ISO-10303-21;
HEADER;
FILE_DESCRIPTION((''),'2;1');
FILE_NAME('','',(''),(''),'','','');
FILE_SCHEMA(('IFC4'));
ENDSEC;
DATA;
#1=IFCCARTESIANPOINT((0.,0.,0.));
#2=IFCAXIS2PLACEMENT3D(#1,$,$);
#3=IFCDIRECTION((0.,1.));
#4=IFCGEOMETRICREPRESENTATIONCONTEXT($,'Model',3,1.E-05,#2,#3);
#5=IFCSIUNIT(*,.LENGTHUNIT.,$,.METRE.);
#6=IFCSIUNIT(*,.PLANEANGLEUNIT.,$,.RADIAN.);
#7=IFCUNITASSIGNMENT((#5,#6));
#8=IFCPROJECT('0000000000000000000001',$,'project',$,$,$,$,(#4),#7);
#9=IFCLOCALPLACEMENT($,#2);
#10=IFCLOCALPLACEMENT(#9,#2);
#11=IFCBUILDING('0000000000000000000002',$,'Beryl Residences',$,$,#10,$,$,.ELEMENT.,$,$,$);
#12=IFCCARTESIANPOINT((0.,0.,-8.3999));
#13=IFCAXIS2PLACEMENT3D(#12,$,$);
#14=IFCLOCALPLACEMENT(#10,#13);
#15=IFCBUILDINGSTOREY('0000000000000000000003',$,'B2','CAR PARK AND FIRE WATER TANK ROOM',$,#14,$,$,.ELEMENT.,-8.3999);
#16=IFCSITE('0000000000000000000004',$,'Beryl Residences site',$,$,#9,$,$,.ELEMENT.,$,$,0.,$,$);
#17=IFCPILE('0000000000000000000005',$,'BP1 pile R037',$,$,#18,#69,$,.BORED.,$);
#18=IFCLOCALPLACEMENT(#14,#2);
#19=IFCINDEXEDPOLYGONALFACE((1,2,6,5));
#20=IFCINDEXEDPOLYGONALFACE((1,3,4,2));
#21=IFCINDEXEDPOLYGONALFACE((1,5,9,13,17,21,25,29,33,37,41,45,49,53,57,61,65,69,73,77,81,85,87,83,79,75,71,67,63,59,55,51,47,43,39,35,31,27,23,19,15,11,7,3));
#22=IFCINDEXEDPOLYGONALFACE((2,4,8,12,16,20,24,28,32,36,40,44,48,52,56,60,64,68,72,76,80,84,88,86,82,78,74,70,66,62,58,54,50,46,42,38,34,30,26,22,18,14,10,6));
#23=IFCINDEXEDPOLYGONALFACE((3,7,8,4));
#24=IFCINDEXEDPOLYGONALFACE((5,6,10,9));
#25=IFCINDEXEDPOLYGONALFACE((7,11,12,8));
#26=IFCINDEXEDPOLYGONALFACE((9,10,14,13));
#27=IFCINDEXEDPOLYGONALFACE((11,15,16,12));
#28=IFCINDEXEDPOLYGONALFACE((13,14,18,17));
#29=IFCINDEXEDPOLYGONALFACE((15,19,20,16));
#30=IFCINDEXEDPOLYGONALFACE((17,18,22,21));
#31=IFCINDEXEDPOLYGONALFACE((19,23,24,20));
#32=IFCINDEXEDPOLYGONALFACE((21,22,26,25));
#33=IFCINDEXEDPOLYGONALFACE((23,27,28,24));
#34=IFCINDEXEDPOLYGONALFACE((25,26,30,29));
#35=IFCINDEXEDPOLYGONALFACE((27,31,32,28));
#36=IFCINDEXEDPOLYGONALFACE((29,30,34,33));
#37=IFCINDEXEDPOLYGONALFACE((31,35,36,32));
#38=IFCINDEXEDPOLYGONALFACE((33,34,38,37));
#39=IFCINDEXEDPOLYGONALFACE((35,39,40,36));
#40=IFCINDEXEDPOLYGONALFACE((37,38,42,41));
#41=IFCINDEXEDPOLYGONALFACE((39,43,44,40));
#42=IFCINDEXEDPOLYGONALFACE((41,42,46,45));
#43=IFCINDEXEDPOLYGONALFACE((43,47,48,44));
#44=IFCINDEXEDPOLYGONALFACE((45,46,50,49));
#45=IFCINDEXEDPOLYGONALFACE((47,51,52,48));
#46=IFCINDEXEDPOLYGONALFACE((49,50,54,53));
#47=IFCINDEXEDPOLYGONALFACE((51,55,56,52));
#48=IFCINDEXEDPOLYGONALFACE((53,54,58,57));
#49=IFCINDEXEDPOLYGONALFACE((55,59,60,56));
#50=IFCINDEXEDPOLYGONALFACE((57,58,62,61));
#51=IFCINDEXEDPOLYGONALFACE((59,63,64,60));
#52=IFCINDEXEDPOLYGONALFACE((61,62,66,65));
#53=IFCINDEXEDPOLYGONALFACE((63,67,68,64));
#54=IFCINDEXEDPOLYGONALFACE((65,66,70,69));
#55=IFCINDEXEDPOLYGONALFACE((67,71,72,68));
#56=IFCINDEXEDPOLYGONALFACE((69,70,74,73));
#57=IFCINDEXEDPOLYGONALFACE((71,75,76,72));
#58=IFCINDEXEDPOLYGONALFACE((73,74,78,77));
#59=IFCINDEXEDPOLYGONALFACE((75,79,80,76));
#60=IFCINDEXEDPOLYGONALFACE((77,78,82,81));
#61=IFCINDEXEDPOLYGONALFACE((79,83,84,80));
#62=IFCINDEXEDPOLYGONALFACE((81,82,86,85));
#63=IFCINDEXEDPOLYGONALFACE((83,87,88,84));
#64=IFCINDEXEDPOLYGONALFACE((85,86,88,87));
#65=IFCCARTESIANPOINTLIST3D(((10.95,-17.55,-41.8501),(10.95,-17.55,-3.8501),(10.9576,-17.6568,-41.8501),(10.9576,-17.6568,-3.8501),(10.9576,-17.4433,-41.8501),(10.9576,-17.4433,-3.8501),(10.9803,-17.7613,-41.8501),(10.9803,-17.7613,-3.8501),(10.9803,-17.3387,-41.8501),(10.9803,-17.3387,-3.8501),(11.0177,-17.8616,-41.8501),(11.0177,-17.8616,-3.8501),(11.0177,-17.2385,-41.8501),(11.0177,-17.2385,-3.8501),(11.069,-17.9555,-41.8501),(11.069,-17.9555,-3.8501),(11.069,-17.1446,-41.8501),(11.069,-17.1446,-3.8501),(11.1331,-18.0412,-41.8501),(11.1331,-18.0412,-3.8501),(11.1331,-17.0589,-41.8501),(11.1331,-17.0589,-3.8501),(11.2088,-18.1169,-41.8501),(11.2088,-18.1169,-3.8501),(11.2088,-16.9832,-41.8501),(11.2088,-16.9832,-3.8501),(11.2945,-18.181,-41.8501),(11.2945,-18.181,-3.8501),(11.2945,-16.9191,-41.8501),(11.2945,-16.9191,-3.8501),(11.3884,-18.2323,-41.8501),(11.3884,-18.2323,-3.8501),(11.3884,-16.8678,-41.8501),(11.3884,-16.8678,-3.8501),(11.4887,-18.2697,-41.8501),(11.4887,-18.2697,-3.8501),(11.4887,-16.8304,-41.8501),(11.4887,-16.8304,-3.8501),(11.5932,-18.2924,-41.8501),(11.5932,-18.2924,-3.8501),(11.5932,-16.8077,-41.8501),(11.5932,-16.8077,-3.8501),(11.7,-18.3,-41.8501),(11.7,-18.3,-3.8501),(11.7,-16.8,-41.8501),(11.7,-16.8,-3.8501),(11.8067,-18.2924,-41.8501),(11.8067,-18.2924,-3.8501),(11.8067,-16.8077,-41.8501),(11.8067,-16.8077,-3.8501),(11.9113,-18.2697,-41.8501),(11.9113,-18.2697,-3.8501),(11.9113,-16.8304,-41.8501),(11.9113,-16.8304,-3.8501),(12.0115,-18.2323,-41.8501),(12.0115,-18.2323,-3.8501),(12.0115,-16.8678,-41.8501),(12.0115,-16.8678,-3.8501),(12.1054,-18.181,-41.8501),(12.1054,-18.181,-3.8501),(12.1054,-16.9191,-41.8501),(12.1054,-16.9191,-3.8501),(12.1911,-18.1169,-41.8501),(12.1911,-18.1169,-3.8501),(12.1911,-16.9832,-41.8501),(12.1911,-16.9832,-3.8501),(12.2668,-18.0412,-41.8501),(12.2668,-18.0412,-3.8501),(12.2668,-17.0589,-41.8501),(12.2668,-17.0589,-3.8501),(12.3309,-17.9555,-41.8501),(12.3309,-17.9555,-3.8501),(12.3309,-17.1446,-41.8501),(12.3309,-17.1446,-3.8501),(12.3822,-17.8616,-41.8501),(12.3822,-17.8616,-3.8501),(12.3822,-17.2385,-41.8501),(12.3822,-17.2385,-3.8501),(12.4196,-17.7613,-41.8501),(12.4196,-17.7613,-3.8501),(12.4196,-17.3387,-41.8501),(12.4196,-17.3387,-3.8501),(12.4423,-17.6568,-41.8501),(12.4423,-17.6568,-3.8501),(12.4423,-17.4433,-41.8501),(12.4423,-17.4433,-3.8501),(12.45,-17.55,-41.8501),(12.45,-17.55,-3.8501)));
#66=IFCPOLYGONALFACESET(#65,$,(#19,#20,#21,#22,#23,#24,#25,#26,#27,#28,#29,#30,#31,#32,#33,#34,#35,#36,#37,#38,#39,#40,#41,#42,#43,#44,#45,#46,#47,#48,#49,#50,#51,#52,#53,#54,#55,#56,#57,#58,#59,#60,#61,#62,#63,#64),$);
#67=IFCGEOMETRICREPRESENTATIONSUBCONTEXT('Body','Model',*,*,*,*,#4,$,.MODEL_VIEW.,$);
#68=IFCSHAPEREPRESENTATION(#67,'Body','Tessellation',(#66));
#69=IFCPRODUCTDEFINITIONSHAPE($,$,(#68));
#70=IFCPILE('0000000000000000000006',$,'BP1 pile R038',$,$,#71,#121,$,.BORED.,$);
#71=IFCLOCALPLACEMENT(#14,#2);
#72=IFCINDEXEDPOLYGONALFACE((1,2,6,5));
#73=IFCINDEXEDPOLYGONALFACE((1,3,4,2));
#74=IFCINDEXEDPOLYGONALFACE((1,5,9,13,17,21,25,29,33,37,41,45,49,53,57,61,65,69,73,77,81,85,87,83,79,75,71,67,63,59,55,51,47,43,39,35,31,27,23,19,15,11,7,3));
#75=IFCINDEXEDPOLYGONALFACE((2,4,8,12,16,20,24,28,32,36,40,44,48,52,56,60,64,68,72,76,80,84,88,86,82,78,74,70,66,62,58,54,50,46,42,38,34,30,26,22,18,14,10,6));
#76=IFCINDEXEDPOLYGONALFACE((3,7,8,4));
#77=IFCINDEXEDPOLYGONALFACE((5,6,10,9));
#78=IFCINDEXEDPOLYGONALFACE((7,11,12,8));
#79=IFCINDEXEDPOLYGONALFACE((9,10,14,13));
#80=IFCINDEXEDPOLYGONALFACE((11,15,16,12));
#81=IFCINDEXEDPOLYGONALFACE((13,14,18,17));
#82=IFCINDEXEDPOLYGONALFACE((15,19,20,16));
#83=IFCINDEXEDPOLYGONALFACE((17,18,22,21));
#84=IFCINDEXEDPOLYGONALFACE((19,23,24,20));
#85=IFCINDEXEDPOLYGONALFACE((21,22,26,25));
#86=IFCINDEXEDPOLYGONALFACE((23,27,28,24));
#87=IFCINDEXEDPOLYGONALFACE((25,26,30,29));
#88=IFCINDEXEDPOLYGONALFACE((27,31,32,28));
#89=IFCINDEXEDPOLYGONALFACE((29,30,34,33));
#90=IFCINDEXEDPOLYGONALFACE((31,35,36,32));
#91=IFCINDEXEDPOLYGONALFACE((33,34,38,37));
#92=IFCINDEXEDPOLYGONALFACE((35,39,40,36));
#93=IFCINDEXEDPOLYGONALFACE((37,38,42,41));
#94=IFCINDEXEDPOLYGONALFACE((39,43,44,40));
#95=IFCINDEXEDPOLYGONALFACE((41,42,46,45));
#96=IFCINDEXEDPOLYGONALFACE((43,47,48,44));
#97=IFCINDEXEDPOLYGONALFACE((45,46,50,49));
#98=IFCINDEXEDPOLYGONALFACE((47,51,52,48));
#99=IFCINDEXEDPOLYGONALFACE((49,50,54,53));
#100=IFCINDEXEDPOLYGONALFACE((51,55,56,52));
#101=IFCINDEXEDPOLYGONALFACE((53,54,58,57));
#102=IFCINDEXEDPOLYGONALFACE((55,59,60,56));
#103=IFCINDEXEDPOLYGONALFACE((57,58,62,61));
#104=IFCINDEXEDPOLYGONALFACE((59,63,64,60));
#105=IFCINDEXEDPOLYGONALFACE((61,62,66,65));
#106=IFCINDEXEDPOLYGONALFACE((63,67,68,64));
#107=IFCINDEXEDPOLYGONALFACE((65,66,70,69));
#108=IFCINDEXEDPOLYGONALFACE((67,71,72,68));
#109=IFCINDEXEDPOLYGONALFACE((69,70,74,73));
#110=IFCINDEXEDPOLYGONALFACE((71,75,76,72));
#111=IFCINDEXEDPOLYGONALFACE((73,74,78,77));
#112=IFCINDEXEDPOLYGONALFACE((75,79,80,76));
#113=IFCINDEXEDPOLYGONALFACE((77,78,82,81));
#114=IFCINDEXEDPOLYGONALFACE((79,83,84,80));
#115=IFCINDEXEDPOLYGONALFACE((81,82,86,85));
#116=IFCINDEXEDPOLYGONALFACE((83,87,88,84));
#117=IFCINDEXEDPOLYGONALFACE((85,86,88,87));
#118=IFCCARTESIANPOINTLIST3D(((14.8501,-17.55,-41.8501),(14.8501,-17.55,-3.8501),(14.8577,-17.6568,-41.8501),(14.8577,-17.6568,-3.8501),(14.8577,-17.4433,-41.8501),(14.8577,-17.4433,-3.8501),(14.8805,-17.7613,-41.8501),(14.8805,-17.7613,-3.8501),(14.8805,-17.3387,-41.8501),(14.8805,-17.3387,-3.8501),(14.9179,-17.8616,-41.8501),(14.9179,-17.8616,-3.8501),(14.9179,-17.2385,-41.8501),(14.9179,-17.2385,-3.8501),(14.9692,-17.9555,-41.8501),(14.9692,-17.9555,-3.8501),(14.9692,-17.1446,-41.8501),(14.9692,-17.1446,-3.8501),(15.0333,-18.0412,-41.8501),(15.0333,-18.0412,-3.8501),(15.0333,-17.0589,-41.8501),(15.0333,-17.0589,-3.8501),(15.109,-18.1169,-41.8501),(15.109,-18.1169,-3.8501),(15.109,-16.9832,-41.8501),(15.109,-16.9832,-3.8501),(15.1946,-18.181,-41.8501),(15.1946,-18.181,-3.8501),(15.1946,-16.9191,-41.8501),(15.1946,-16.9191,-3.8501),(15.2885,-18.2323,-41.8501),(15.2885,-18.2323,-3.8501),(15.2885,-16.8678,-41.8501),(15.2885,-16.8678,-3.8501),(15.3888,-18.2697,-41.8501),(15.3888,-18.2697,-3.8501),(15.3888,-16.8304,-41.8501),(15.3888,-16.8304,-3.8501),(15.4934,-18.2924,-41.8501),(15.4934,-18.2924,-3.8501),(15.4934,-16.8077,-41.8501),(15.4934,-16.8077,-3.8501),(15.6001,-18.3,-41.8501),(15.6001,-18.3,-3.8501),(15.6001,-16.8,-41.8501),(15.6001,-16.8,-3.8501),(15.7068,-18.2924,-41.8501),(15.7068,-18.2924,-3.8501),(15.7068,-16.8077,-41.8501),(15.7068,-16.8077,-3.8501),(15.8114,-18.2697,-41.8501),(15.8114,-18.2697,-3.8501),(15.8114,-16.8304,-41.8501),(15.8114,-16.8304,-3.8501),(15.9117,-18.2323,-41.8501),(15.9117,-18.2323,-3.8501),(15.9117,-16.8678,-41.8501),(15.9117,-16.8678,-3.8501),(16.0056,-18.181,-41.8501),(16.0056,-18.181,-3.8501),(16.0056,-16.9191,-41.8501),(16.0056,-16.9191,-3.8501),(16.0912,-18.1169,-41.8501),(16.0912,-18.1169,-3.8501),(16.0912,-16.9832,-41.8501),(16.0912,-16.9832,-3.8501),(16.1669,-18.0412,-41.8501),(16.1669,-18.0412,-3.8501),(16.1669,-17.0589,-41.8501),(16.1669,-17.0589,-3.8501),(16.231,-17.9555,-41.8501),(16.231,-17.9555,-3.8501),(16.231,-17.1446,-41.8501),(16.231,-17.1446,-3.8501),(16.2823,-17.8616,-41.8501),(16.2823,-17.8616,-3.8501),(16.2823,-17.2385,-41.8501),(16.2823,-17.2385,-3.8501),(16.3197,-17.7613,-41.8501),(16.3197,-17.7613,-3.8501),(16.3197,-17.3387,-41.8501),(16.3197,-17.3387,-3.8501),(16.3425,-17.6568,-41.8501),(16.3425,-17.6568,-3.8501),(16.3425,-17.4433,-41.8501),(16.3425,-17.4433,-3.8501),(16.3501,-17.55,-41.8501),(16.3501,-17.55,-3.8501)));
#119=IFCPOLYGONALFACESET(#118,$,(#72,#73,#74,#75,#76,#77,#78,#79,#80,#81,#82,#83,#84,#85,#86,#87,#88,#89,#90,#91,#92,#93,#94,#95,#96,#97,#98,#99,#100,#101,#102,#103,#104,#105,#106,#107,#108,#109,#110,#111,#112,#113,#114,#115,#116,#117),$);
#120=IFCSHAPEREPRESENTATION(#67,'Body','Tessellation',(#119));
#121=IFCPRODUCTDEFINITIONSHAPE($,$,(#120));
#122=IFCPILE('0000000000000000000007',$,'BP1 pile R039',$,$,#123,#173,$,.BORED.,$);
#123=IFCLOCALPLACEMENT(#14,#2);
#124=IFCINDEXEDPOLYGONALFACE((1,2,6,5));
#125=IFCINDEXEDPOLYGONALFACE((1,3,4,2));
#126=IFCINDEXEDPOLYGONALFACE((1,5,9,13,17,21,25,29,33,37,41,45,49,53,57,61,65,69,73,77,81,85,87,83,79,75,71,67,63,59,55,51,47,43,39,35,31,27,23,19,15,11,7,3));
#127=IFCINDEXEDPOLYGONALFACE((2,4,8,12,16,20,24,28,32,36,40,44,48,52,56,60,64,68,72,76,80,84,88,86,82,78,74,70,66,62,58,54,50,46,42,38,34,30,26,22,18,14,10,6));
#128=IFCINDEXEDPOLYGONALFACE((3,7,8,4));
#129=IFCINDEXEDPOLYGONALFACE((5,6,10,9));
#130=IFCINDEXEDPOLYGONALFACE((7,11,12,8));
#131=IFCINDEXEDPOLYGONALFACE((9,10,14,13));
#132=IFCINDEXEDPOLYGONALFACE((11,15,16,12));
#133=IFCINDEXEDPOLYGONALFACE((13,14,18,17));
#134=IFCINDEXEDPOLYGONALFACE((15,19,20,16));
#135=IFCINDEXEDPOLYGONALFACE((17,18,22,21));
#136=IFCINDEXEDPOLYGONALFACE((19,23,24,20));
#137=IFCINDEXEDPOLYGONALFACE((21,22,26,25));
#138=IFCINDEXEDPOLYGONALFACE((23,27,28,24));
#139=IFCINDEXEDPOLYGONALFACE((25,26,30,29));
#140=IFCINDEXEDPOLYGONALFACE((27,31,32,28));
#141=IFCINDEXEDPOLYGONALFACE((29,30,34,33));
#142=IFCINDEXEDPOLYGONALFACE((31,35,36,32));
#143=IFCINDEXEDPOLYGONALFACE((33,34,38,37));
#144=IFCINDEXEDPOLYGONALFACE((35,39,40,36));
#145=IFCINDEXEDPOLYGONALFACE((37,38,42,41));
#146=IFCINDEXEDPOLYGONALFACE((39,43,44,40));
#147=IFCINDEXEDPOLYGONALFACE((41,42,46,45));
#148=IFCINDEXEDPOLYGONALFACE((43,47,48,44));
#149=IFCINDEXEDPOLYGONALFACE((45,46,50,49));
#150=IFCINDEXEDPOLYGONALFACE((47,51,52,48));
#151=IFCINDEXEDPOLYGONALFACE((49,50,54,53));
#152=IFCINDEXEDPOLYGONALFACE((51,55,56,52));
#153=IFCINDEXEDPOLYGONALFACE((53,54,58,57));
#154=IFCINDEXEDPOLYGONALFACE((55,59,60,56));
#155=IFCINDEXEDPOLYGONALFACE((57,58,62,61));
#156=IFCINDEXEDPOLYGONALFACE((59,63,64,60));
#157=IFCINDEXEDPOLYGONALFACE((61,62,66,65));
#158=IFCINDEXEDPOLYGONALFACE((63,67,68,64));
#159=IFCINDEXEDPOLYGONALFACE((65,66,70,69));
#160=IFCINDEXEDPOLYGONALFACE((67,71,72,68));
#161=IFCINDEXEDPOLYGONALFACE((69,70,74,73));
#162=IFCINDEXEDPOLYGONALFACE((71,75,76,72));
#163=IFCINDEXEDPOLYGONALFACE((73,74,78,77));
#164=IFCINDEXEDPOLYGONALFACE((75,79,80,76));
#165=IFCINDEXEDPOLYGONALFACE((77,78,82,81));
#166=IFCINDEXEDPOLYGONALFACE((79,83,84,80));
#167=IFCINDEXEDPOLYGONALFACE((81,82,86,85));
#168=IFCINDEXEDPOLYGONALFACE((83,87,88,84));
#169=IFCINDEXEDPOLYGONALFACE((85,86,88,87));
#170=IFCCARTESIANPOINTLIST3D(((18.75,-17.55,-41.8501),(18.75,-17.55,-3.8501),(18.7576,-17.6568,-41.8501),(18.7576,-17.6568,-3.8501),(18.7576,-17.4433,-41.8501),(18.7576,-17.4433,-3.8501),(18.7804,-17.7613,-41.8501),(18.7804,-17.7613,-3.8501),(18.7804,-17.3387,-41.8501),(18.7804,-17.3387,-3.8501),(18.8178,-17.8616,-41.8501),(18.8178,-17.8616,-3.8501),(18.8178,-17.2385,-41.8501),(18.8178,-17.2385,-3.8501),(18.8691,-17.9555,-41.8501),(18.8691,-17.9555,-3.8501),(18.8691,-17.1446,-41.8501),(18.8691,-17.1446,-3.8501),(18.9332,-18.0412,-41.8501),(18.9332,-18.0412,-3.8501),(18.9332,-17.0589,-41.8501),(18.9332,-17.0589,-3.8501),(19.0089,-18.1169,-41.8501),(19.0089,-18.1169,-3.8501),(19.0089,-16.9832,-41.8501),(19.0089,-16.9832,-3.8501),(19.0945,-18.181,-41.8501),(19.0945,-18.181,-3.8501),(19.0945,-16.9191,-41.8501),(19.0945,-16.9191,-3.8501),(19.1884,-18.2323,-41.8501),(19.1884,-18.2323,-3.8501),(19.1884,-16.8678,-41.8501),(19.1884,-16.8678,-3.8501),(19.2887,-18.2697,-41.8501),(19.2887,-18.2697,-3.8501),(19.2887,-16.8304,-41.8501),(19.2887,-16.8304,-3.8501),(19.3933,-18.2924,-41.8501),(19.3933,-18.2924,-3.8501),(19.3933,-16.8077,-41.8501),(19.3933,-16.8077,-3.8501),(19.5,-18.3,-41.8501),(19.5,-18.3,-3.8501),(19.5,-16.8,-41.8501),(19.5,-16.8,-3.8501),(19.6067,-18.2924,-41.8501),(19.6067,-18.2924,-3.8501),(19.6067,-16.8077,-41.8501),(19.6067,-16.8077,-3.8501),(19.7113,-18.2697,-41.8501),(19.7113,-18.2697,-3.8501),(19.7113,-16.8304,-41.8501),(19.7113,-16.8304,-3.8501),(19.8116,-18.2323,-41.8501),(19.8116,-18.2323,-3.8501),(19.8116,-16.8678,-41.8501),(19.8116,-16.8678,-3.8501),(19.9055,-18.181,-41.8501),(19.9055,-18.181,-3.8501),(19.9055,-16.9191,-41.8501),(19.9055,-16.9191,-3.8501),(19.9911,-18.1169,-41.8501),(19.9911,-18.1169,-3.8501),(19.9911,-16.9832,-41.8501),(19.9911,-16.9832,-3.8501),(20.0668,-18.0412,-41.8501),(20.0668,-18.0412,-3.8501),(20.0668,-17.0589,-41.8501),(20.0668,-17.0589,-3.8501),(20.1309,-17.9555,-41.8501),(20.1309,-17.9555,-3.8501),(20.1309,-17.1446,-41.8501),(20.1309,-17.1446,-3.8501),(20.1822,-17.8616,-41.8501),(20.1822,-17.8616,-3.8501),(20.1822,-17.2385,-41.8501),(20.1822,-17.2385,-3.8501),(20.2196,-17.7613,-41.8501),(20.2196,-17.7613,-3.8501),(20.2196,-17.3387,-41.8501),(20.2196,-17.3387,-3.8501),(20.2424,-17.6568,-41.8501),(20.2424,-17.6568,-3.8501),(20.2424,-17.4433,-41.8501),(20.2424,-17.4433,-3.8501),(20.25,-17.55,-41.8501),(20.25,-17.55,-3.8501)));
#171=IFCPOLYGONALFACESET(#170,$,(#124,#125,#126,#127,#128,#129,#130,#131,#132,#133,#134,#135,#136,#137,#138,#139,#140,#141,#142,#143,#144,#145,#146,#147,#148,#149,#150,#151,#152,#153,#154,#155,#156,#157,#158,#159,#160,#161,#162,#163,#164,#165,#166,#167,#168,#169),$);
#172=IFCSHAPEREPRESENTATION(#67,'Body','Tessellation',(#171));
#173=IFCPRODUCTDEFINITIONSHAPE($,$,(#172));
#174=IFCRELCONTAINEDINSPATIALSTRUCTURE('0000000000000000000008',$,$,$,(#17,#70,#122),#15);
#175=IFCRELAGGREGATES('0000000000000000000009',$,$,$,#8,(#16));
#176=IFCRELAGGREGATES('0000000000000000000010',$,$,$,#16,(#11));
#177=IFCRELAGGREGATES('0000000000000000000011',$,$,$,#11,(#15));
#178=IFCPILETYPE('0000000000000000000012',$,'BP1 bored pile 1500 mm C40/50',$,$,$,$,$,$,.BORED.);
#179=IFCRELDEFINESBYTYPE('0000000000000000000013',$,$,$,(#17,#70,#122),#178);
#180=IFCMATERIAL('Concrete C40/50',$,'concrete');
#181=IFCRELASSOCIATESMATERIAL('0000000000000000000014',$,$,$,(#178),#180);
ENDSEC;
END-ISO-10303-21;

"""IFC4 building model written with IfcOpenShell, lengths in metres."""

from ifc_helpers import new_model, si_unit, direction, frame, origin, origin_2d, place, context, subcontext, project, spatial, circle, extrude, material, material_profile, profile_set, type_object, element, save


model = new_model("IFC4")

# Units and contexts
model_context = context("Model", 3, precision=1e-05, world=origin(), true_north=direction((0.0, 1.0)))
body_context = subcontext(model_context, "Body", "Model", "MODEL_VIEW")
ifc_project = project(units=[si_unit("LENGTHUNIT", "METRE"), si_unit("PLANEANGLEUNIT", "RADIAN")], contexts=[model_context])

# Site, building, storey
site_placement = place(None, origin())
site = spatial("IfcSite", under=ifc_project, at=site_placement, Name="Beryl Residences site", CompositionType="ELEMENT", RefElevation=0.0)
building_placement = place(site_placement, origin())
building = spatial("IfcBuilding", under=site, at=building_placement, Name="Beryl Residences", CompositionType="ELEMENT")
storey_placement = place(building_placement, frame((0.0, 0.0, -8.3999)))
storey = spatial("IfcBuildingStorey", under=building, at=storey_placement, Name="B2", Description="CAR PARK AND FIRE WATER TANK ROOM", CompositionType="ELEMENT", Elevation=-8.3999)

# Piles
ifc_material_1 = material(Name="Concrete C40/50", Category="concrete")
ifc_material_profile_1 = material_profile(ifc_material_1, circle(Radius=0.75, at=origin_2d()))
ifc_profile_set_1 = profile_set([ifc_material_profile_1], Name="Concrete C40/50")
pile_type_1 = type_object("IfcPileType", Name="BP1 bored pile 1500 mm C40/50", PredefinedType="BORED", material=ifc_profile_set_1)
for number, where, z_axis, x_axis, name in (
    (1, (11.7, -17.55, -3.8501), (0.0, 0.0, -1.0), (1.0, 0.0, 0.0), "BP1 pile R037"),
    (2, (15.6001, -17.55, -3.8501), (0.0, 0.0, -1.0), (1.0, 0.0, 0.0), "BP1 pile R038"),
    (3, (19.5, -17.55, -3.8501), (0.0, 0.0, -1.0), (1.0, 0.0, 0.0), "BP1 pile R039"),
):
    element("IfcPile", number, at=place(storey_placement, frame(where, z_axis=z_axis, x_axis=x_axis)), inside=storey, type_object=pile_type_1, Name=name, PredefinedType="BORED", context=body_context, shape_type="SweptSolid", body=[
        extrude(circle(Radius=0.75, at=origin_2d()), origin(), (0.0, 0.0, 1.0), 38.0),
    ])

save(model, "model.ifc")
